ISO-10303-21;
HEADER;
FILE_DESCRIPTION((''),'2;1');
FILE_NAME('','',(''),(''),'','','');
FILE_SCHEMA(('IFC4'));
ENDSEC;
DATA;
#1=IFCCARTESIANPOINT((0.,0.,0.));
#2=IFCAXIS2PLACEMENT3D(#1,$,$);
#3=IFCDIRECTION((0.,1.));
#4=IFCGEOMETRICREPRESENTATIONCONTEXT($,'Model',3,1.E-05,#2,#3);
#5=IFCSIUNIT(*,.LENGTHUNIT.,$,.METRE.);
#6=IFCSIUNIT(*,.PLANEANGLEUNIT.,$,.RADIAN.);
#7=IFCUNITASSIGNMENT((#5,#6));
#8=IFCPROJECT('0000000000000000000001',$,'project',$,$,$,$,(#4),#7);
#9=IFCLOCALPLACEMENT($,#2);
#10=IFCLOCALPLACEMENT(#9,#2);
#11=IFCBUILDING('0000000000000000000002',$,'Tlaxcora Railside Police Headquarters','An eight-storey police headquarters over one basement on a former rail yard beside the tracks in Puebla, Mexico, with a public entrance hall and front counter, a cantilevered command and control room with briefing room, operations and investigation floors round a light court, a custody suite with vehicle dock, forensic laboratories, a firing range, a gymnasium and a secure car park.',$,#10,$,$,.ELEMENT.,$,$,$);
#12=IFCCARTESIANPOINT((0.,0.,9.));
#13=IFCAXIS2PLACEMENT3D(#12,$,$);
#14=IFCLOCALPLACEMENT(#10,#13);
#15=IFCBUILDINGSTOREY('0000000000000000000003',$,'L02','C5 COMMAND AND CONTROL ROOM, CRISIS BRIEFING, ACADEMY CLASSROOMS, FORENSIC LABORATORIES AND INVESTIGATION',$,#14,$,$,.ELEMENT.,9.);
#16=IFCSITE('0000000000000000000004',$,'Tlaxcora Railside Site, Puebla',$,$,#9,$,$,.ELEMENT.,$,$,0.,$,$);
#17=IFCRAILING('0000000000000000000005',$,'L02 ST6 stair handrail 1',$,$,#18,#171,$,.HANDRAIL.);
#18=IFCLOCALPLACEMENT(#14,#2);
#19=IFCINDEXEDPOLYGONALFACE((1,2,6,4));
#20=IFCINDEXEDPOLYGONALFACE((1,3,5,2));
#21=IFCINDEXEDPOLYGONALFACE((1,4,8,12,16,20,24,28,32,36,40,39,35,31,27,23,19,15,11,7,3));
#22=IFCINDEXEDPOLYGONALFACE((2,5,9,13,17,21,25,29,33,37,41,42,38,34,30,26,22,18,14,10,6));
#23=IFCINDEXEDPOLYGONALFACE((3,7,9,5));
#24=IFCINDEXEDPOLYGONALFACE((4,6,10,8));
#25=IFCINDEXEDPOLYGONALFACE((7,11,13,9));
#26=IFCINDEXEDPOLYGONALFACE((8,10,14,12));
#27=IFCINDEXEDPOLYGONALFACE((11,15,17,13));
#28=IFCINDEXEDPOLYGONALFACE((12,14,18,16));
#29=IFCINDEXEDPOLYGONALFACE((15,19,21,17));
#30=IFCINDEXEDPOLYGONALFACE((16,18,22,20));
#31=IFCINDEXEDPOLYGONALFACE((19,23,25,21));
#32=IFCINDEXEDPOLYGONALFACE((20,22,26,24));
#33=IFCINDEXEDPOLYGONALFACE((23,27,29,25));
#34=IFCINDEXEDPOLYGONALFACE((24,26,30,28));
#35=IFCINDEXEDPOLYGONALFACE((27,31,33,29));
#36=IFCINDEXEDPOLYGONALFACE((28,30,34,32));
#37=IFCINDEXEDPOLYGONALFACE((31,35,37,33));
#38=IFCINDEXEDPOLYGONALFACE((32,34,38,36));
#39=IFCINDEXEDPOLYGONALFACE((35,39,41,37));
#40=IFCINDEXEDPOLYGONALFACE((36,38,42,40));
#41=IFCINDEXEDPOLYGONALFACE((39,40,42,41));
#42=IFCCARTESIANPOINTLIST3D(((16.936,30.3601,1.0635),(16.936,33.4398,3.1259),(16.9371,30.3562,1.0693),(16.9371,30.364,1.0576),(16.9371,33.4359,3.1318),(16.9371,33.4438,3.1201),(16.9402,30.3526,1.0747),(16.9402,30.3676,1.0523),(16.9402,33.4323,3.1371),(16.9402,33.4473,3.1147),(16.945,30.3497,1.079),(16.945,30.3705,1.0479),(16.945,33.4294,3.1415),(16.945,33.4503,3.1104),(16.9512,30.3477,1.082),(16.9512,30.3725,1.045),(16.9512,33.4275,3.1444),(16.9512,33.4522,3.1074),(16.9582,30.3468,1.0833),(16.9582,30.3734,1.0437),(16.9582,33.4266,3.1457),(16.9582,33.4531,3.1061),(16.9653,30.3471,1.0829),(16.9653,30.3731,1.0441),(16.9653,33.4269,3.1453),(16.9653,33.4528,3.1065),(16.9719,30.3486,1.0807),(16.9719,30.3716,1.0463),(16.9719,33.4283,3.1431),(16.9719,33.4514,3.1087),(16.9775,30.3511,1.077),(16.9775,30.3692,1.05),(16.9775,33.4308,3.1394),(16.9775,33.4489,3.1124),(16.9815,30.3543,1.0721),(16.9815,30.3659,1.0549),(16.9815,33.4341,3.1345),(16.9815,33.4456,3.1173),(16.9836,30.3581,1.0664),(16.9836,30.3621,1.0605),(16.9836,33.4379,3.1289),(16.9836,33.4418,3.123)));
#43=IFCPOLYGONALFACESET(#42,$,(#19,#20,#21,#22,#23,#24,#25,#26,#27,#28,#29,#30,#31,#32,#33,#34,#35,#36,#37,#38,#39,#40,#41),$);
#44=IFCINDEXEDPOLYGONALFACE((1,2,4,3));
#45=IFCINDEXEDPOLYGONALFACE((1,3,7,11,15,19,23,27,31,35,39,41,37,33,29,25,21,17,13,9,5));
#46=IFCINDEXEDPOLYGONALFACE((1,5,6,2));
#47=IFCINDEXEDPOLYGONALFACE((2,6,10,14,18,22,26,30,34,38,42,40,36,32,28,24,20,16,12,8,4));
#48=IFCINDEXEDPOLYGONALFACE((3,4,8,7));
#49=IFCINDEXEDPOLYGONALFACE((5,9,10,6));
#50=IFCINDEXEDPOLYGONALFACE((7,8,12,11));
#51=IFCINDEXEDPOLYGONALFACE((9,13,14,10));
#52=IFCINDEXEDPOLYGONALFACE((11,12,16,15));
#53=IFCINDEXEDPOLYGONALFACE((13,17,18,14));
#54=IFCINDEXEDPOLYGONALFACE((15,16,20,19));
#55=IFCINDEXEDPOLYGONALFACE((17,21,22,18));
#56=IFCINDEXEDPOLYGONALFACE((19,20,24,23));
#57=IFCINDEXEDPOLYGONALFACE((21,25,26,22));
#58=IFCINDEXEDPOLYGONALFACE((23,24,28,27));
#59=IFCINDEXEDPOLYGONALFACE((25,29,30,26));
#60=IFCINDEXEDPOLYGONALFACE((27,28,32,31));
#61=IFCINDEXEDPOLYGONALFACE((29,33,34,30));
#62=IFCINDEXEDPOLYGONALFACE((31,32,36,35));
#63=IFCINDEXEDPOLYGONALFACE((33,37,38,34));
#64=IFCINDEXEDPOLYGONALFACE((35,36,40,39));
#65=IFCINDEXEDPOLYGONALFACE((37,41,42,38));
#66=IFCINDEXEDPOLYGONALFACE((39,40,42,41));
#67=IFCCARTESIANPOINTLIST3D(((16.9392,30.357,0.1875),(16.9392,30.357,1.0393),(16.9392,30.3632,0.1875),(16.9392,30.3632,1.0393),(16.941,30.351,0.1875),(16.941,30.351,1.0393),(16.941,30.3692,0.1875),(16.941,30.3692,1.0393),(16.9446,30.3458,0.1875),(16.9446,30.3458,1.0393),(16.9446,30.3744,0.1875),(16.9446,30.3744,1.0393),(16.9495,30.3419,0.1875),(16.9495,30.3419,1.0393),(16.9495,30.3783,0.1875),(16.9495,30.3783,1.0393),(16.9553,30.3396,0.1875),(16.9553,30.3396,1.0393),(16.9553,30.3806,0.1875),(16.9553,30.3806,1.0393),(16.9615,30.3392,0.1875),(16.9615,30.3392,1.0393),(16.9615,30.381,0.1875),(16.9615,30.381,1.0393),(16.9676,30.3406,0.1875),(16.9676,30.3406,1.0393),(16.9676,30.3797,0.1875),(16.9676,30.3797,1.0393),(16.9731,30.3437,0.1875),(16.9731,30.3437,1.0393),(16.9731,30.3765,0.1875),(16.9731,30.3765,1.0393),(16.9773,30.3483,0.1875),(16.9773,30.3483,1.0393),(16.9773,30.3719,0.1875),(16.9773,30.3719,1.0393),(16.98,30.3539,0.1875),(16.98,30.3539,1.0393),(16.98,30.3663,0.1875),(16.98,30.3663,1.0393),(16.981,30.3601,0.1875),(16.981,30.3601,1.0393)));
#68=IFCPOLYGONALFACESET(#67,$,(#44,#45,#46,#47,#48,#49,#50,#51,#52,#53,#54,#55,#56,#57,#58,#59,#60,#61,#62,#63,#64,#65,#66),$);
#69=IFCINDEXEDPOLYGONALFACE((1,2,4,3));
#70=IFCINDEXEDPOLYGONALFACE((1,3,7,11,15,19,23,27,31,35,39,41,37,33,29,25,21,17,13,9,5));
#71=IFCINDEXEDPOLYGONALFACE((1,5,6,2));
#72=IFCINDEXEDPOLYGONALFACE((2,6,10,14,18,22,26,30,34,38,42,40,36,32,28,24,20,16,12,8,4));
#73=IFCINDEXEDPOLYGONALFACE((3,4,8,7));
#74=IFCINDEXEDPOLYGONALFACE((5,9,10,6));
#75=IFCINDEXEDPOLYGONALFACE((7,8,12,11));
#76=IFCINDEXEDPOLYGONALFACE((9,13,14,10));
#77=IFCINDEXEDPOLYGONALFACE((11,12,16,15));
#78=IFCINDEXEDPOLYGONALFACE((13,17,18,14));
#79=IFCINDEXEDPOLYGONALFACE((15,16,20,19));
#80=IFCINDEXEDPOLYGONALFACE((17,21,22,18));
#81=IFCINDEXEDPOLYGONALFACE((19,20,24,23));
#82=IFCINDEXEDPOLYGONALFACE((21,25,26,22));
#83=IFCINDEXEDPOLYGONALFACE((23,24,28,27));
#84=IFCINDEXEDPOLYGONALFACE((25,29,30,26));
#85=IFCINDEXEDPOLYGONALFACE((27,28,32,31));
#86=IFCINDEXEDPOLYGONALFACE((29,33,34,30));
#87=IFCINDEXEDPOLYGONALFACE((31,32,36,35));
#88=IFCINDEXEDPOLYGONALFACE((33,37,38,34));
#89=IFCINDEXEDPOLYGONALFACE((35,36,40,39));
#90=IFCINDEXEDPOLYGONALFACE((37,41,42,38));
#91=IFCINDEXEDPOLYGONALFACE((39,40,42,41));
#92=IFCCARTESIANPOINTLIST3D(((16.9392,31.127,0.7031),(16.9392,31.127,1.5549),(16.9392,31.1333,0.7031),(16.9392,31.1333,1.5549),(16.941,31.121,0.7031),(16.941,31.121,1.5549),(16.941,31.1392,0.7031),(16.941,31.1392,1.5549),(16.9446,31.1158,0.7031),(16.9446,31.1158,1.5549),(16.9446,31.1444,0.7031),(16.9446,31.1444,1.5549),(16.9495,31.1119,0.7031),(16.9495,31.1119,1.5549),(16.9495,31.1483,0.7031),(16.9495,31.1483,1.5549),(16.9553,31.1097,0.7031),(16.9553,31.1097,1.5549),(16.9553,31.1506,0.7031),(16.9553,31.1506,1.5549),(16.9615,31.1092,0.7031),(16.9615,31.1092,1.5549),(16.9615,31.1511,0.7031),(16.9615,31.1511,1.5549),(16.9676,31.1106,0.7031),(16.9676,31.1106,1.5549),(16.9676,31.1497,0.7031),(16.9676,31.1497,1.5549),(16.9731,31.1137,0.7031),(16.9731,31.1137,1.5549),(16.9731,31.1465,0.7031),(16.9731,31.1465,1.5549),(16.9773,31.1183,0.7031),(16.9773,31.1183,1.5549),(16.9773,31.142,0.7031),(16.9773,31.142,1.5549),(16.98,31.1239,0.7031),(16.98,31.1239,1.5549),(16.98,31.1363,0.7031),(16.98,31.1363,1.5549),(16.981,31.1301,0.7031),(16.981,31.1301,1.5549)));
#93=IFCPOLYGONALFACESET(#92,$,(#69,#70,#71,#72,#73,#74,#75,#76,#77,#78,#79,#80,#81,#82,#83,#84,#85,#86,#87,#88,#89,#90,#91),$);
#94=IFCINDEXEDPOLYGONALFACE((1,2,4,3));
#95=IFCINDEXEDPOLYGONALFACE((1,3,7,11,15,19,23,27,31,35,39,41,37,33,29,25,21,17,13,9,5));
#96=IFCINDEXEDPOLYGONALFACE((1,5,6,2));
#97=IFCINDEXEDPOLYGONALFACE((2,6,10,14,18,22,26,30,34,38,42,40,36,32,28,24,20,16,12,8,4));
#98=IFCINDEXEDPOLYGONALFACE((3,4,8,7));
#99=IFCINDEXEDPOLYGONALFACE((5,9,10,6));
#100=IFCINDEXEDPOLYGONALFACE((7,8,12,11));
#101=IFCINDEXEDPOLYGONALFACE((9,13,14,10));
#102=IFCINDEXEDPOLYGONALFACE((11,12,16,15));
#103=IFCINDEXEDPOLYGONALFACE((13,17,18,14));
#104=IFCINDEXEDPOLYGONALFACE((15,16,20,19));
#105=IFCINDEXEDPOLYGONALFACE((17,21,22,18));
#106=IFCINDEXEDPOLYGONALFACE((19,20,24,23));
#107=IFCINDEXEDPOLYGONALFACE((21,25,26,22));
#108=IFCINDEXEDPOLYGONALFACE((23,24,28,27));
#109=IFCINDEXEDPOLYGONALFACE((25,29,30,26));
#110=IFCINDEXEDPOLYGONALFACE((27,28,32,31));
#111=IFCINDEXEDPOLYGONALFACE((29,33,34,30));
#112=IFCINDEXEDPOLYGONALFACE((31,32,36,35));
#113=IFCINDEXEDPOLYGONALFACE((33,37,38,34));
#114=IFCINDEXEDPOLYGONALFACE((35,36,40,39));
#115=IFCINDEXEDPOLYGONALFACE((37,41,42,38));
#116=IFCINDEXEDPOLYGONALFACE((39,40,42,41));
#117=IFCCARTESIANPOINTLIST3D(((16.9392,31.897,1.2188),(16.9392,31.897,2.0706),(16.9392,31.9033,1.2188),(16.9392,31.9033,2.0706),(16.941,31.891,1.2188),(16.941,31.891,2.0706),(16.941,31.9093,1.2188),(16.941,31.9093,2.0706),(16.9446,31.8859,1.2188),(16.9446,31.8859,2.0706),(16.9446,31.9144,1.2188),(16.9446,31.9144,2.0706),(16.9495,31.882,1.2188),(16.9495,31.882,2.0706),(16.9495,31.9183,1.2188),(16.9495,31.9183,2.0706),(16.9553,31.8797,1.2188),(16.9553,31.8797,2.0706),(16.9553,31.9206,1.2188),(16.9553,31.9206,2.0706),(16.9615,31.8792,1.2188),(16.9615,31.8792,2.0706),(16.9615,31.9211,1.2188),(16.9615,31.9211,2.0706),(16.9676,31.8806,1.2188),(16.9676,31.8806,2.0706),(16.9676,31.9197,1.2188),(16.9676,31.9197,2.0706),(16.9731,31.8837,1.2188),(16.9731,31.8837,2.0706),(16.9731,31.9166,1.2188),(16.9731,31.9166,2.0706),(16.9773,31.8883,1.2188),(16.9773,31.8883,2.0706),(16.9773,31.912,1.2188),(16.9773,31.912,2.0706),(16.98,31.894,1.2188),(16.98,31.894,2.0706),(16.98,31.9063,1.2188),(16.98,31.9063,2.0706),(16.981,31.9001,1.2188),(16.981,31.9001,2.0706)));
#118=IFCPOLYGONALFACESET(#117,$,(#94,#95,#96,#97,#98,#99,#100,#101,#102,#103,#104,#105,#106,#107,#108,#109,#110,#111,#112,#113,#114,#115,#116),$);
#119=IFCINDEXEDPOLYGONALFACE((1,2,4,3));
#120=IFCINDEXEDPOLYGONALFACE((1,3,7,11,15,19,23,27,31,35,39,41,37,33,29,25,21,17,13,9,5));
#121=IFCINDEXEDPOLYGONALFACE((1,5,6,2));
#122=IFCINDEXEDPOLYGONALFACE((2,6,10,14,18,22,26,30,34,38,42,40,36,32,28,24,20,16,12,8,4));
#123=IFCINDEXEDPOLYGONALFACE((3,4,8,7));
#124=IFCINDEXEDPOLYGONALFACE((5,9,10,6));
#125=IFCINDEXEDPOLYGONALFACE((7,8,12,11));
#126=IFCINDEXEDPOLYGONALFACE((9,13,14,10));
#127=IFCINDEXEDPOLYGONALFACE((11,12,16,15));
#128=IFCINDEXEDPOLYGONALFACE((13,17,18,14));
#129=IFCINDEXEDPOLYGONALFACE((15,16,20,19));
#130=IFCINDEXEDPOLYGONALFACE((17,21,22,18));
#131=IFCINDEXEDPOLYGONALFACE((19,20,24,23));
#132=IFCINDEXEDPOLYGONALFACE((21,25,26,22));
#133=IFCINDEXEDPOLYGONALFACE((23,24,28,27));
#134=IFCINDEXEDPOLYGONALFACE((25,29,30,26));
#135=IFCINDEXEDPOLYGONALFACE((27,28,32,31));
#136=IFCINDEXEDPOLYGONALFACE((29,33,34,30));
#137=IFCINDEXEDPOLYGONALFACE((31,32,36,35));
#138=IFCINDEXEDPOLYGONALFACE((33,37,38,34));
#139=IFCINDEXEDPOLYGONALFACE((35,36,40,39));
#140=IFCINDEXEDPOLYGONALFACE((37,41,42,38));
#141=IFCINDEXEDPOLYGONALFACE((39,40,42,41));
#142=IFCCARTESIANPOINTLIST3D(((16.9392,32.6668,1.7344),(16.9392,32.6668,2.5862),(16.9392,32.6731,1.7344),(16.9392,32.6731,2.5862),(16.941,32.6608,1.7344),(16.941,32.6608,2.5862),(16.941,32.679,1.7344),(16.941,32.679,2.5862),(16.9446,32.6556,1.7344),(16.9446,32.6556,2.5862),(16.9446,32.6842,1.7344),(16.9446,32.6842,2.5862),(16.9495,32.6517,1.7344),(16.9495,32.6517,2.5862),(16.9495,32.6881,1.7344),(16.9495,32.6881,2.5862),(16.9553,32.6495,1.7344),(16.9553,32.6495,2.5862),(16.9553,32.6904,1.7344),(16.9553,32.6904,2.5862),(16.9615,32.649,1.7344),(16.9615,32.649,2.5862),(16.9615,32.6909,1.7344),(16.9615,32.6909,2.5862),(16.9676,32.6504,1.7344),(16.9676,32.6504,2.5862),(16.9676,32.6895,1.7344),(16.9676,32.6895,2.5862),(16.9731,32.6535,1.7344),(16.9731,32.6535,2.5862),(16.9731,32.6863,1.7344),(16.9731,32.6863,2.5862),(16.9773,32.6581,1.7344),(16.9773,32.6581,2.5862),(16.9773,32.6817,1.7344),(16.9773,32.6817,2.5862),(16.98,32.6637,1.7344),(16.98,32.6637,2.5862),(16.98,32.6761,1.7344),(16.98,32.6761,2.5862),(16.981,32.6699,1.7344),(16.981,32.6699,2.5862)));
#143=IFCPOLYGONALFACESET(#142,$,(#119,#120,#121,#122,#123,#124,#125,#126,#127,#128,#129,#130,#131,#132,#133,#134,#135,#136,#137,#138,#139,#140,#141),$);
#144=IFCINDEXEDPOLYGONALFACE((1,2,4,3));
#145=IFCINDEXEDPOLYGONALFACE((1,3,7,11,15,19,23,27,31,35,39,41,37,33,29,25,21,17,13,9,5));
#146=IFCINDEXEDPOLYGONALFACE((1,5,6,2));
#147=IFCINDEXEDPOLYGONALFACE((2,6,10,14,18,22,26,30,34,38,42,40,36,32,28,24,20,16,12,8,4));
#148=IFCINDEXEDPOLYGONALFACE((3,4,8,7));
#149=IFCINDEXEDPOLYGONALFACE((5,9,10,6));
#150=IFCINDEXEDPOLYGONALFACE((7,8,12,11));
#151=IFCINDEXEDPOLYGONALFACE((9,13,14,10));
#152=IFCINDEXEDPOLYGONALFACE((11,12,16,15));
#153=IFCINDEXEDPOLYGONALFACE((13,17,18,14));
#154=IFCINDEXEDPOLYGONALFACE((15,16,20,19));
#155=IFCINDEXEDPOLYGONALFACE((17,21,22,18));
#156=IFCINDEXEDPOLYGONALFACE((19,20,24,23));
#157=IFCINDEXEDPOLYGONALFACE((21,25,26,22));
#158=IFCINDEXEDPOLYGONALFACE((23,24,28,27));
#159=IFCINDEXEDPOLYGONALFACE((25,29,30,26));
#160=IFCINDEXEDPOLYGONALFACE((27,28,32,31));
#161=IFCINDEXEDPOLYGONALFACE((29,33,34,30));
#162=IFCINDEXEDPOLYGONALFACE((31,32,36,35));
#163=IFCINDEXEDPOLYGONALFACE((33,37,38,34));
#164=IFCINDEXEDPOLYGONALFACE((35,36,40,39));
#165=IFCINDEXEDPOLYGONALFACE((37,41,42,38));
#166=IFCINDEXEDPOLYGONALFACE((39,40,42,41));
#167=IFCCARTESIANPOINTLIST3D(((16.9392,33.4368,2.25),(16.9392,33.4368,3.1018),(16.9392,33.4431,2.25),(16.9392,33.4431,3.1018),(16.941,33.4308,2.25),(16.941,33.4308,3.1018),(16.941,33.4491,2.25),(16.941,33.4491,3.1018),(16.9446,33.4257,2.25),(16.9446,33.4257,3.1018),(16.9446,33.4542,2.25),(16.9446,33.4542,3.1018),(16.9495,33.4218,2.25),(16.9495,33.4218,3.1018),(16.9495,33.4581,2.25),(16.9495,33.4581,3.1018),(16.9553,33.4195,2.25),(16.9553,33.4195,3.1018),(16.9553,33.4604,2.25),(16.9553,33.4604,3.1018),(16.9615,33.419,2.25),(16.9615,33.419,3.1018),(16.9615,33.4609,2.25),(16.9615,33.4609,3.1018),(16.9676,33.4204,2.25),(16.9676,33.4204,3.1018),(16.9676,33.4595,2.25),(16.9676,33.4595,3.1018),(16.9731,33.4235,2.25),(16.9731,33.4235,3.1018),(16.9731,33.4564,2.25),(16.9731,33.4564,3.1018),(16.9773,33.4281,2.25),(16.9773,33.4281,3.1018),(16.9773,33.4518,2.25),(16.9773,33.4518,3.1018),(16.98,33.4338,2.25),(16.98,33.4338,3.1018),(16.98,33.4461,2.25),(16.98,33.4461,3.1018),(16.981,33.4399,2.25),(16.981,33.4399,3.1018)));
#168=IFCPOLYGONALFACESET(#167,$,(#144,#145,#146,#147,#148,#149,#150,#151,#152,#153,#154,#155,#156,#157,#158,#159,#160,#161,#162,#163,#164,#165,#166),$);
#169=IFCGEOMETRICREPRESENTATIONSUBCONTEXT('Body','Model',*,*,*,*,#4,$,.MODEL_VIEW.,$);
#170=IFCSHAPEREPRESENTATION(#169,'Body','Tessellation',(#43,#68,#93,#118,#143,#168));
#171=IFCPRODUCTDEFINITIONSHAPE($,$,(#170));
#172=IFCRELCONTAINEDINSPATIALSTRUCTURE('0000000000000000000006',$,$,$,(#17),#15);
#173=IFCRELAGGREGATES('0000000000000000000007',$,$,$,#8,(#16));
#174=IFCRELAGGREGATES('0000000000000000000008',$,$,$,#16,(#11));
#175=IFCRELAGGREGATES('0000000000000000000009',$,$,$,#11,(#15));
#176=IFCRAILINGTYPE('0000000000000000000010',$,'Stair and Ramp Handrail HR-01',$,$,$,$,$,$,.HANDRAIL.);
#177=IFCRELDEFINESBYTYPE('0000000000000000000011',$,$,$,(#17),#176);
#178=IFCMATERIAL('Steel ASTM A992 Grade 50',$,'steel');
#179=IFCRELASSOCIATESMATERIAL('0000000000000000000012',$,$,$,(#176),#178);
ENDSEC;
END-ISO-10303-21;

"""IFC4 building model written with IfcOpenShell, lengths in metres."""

from ifc_helpers import new_model, si_unit, direction, frame, origin, origin_2d, place, context, subcontext, project, spatial, circle, extrude, material, type_object, element, save


model = new_model("IFC4")

# Units and contexts
model_context = context("Model", 3, precision=1e-05, world=origin(), true_north=direction((0.0, 1.0)))
body_context = subcontext(model_context, "Body", "Model", "MODEL_VIEW")
ifc_project = project(units=[si_unit("LENGTHUNIT", "METRE"), si_unit("PLANEANGLEUNIT", "RADIAN")], contexts=[model_context])

# Site, building, storey
site_placement = place(None, origin())
site = spatial("IfcSite", under=ifc_project, at=site_placement, Name="Tlaxcora Railside Site, Puebla", CompositionType="ELEMENT", RefElevation=0.0)
building_placement = place(site_placement, origin())
building = spatial("IfcBuilding", under=site, at=building_placement, Name="Tlaxcora Railside Police Headquarters", Description="An eight-storey police headquarters over one basement on a former rail yard beside the tracks in Puebla, Mexico, with a public entrance hall and front counter, a cantilevered command and control room with briefing room, operations and investigation floors round a light court, a custody suite with vehicle dock, forensic laboratories, a firing range, a gymnasium and a secure car park.", CompositionType="ELEMENT")
storey_placement = place(building_placement, frame((0.0, 0.0, 9.0)))
storey = spatial("IfcBuildingStorey", under=building, at=storey_placement, Name="L02", Description="C5 COMMAND AND CONTROL ROOM, CRISIS BRIEFING, ACADEMY CLASSROOMS, FORENSIC LABORATORIES AND INVESTIGATION", CompositionType="ELEMENT", Elevation=9.0)

# Shared definitions
ifc_material_1 = material(Name="Steel ASTM A992 Grade 50", Category="steel")

# Railing
railing_type_1 = type_object("IfcRailingType", Name="Stair and Ramp Handrail HR-01", PredefinedType="HANDRAIL", material=ifc_material_1)
railing_1_placement = place(storey_placement, frame((16.96, 30.3601, 0.1875)))
element("IfcRailing", 1, at=railing_1_placement, inside=storey, type_object=railing_type_1, Name="L02 ST6 stair handrail 1", PredefinedType="HANDRAIL", context=body_context, shape_type="SweptSolid", body=[
    extrude(circle(Radius=0.0239, at=origin_2d()), frame((0.0, 0.0, 0.876), z_axis=(0.0, 0.830893, 0.556432), x_axis=(-1.0, 0.0, 0.0)), (0.0, 0.0, 1.0), 3.7065),
    extrude(circle(Radius=0.021, at=origin_2d()), origin(), (0.0, 0.0, 1.0), 0.8518),
    extrude(circle(Radius=0.021, at=origin_2d()), frame((0.0, 0.77, 0.5156)), (0.0, 0.0, 1.0), 0.8518),
    extrude(circle(Radius=0.021, at=origin_2d()), frame((0.0, 1.54, 1.0312)), (0.0, 0.0, 1.0), 0.8518),
    extrude(circle(Radius=0.021, at=origin_2d()), frame((0.0, 2.3098, 1.5469)), (0.0, 0.0, 1.0), 0.8518),
    extrude(circle(Radius=0.021, at=origin_2d()), frame((0.0, 3.0798, 2.0625)), (0.0, 0.0, 1.0), 0.8518),
])

save(model, "model.ifc")
